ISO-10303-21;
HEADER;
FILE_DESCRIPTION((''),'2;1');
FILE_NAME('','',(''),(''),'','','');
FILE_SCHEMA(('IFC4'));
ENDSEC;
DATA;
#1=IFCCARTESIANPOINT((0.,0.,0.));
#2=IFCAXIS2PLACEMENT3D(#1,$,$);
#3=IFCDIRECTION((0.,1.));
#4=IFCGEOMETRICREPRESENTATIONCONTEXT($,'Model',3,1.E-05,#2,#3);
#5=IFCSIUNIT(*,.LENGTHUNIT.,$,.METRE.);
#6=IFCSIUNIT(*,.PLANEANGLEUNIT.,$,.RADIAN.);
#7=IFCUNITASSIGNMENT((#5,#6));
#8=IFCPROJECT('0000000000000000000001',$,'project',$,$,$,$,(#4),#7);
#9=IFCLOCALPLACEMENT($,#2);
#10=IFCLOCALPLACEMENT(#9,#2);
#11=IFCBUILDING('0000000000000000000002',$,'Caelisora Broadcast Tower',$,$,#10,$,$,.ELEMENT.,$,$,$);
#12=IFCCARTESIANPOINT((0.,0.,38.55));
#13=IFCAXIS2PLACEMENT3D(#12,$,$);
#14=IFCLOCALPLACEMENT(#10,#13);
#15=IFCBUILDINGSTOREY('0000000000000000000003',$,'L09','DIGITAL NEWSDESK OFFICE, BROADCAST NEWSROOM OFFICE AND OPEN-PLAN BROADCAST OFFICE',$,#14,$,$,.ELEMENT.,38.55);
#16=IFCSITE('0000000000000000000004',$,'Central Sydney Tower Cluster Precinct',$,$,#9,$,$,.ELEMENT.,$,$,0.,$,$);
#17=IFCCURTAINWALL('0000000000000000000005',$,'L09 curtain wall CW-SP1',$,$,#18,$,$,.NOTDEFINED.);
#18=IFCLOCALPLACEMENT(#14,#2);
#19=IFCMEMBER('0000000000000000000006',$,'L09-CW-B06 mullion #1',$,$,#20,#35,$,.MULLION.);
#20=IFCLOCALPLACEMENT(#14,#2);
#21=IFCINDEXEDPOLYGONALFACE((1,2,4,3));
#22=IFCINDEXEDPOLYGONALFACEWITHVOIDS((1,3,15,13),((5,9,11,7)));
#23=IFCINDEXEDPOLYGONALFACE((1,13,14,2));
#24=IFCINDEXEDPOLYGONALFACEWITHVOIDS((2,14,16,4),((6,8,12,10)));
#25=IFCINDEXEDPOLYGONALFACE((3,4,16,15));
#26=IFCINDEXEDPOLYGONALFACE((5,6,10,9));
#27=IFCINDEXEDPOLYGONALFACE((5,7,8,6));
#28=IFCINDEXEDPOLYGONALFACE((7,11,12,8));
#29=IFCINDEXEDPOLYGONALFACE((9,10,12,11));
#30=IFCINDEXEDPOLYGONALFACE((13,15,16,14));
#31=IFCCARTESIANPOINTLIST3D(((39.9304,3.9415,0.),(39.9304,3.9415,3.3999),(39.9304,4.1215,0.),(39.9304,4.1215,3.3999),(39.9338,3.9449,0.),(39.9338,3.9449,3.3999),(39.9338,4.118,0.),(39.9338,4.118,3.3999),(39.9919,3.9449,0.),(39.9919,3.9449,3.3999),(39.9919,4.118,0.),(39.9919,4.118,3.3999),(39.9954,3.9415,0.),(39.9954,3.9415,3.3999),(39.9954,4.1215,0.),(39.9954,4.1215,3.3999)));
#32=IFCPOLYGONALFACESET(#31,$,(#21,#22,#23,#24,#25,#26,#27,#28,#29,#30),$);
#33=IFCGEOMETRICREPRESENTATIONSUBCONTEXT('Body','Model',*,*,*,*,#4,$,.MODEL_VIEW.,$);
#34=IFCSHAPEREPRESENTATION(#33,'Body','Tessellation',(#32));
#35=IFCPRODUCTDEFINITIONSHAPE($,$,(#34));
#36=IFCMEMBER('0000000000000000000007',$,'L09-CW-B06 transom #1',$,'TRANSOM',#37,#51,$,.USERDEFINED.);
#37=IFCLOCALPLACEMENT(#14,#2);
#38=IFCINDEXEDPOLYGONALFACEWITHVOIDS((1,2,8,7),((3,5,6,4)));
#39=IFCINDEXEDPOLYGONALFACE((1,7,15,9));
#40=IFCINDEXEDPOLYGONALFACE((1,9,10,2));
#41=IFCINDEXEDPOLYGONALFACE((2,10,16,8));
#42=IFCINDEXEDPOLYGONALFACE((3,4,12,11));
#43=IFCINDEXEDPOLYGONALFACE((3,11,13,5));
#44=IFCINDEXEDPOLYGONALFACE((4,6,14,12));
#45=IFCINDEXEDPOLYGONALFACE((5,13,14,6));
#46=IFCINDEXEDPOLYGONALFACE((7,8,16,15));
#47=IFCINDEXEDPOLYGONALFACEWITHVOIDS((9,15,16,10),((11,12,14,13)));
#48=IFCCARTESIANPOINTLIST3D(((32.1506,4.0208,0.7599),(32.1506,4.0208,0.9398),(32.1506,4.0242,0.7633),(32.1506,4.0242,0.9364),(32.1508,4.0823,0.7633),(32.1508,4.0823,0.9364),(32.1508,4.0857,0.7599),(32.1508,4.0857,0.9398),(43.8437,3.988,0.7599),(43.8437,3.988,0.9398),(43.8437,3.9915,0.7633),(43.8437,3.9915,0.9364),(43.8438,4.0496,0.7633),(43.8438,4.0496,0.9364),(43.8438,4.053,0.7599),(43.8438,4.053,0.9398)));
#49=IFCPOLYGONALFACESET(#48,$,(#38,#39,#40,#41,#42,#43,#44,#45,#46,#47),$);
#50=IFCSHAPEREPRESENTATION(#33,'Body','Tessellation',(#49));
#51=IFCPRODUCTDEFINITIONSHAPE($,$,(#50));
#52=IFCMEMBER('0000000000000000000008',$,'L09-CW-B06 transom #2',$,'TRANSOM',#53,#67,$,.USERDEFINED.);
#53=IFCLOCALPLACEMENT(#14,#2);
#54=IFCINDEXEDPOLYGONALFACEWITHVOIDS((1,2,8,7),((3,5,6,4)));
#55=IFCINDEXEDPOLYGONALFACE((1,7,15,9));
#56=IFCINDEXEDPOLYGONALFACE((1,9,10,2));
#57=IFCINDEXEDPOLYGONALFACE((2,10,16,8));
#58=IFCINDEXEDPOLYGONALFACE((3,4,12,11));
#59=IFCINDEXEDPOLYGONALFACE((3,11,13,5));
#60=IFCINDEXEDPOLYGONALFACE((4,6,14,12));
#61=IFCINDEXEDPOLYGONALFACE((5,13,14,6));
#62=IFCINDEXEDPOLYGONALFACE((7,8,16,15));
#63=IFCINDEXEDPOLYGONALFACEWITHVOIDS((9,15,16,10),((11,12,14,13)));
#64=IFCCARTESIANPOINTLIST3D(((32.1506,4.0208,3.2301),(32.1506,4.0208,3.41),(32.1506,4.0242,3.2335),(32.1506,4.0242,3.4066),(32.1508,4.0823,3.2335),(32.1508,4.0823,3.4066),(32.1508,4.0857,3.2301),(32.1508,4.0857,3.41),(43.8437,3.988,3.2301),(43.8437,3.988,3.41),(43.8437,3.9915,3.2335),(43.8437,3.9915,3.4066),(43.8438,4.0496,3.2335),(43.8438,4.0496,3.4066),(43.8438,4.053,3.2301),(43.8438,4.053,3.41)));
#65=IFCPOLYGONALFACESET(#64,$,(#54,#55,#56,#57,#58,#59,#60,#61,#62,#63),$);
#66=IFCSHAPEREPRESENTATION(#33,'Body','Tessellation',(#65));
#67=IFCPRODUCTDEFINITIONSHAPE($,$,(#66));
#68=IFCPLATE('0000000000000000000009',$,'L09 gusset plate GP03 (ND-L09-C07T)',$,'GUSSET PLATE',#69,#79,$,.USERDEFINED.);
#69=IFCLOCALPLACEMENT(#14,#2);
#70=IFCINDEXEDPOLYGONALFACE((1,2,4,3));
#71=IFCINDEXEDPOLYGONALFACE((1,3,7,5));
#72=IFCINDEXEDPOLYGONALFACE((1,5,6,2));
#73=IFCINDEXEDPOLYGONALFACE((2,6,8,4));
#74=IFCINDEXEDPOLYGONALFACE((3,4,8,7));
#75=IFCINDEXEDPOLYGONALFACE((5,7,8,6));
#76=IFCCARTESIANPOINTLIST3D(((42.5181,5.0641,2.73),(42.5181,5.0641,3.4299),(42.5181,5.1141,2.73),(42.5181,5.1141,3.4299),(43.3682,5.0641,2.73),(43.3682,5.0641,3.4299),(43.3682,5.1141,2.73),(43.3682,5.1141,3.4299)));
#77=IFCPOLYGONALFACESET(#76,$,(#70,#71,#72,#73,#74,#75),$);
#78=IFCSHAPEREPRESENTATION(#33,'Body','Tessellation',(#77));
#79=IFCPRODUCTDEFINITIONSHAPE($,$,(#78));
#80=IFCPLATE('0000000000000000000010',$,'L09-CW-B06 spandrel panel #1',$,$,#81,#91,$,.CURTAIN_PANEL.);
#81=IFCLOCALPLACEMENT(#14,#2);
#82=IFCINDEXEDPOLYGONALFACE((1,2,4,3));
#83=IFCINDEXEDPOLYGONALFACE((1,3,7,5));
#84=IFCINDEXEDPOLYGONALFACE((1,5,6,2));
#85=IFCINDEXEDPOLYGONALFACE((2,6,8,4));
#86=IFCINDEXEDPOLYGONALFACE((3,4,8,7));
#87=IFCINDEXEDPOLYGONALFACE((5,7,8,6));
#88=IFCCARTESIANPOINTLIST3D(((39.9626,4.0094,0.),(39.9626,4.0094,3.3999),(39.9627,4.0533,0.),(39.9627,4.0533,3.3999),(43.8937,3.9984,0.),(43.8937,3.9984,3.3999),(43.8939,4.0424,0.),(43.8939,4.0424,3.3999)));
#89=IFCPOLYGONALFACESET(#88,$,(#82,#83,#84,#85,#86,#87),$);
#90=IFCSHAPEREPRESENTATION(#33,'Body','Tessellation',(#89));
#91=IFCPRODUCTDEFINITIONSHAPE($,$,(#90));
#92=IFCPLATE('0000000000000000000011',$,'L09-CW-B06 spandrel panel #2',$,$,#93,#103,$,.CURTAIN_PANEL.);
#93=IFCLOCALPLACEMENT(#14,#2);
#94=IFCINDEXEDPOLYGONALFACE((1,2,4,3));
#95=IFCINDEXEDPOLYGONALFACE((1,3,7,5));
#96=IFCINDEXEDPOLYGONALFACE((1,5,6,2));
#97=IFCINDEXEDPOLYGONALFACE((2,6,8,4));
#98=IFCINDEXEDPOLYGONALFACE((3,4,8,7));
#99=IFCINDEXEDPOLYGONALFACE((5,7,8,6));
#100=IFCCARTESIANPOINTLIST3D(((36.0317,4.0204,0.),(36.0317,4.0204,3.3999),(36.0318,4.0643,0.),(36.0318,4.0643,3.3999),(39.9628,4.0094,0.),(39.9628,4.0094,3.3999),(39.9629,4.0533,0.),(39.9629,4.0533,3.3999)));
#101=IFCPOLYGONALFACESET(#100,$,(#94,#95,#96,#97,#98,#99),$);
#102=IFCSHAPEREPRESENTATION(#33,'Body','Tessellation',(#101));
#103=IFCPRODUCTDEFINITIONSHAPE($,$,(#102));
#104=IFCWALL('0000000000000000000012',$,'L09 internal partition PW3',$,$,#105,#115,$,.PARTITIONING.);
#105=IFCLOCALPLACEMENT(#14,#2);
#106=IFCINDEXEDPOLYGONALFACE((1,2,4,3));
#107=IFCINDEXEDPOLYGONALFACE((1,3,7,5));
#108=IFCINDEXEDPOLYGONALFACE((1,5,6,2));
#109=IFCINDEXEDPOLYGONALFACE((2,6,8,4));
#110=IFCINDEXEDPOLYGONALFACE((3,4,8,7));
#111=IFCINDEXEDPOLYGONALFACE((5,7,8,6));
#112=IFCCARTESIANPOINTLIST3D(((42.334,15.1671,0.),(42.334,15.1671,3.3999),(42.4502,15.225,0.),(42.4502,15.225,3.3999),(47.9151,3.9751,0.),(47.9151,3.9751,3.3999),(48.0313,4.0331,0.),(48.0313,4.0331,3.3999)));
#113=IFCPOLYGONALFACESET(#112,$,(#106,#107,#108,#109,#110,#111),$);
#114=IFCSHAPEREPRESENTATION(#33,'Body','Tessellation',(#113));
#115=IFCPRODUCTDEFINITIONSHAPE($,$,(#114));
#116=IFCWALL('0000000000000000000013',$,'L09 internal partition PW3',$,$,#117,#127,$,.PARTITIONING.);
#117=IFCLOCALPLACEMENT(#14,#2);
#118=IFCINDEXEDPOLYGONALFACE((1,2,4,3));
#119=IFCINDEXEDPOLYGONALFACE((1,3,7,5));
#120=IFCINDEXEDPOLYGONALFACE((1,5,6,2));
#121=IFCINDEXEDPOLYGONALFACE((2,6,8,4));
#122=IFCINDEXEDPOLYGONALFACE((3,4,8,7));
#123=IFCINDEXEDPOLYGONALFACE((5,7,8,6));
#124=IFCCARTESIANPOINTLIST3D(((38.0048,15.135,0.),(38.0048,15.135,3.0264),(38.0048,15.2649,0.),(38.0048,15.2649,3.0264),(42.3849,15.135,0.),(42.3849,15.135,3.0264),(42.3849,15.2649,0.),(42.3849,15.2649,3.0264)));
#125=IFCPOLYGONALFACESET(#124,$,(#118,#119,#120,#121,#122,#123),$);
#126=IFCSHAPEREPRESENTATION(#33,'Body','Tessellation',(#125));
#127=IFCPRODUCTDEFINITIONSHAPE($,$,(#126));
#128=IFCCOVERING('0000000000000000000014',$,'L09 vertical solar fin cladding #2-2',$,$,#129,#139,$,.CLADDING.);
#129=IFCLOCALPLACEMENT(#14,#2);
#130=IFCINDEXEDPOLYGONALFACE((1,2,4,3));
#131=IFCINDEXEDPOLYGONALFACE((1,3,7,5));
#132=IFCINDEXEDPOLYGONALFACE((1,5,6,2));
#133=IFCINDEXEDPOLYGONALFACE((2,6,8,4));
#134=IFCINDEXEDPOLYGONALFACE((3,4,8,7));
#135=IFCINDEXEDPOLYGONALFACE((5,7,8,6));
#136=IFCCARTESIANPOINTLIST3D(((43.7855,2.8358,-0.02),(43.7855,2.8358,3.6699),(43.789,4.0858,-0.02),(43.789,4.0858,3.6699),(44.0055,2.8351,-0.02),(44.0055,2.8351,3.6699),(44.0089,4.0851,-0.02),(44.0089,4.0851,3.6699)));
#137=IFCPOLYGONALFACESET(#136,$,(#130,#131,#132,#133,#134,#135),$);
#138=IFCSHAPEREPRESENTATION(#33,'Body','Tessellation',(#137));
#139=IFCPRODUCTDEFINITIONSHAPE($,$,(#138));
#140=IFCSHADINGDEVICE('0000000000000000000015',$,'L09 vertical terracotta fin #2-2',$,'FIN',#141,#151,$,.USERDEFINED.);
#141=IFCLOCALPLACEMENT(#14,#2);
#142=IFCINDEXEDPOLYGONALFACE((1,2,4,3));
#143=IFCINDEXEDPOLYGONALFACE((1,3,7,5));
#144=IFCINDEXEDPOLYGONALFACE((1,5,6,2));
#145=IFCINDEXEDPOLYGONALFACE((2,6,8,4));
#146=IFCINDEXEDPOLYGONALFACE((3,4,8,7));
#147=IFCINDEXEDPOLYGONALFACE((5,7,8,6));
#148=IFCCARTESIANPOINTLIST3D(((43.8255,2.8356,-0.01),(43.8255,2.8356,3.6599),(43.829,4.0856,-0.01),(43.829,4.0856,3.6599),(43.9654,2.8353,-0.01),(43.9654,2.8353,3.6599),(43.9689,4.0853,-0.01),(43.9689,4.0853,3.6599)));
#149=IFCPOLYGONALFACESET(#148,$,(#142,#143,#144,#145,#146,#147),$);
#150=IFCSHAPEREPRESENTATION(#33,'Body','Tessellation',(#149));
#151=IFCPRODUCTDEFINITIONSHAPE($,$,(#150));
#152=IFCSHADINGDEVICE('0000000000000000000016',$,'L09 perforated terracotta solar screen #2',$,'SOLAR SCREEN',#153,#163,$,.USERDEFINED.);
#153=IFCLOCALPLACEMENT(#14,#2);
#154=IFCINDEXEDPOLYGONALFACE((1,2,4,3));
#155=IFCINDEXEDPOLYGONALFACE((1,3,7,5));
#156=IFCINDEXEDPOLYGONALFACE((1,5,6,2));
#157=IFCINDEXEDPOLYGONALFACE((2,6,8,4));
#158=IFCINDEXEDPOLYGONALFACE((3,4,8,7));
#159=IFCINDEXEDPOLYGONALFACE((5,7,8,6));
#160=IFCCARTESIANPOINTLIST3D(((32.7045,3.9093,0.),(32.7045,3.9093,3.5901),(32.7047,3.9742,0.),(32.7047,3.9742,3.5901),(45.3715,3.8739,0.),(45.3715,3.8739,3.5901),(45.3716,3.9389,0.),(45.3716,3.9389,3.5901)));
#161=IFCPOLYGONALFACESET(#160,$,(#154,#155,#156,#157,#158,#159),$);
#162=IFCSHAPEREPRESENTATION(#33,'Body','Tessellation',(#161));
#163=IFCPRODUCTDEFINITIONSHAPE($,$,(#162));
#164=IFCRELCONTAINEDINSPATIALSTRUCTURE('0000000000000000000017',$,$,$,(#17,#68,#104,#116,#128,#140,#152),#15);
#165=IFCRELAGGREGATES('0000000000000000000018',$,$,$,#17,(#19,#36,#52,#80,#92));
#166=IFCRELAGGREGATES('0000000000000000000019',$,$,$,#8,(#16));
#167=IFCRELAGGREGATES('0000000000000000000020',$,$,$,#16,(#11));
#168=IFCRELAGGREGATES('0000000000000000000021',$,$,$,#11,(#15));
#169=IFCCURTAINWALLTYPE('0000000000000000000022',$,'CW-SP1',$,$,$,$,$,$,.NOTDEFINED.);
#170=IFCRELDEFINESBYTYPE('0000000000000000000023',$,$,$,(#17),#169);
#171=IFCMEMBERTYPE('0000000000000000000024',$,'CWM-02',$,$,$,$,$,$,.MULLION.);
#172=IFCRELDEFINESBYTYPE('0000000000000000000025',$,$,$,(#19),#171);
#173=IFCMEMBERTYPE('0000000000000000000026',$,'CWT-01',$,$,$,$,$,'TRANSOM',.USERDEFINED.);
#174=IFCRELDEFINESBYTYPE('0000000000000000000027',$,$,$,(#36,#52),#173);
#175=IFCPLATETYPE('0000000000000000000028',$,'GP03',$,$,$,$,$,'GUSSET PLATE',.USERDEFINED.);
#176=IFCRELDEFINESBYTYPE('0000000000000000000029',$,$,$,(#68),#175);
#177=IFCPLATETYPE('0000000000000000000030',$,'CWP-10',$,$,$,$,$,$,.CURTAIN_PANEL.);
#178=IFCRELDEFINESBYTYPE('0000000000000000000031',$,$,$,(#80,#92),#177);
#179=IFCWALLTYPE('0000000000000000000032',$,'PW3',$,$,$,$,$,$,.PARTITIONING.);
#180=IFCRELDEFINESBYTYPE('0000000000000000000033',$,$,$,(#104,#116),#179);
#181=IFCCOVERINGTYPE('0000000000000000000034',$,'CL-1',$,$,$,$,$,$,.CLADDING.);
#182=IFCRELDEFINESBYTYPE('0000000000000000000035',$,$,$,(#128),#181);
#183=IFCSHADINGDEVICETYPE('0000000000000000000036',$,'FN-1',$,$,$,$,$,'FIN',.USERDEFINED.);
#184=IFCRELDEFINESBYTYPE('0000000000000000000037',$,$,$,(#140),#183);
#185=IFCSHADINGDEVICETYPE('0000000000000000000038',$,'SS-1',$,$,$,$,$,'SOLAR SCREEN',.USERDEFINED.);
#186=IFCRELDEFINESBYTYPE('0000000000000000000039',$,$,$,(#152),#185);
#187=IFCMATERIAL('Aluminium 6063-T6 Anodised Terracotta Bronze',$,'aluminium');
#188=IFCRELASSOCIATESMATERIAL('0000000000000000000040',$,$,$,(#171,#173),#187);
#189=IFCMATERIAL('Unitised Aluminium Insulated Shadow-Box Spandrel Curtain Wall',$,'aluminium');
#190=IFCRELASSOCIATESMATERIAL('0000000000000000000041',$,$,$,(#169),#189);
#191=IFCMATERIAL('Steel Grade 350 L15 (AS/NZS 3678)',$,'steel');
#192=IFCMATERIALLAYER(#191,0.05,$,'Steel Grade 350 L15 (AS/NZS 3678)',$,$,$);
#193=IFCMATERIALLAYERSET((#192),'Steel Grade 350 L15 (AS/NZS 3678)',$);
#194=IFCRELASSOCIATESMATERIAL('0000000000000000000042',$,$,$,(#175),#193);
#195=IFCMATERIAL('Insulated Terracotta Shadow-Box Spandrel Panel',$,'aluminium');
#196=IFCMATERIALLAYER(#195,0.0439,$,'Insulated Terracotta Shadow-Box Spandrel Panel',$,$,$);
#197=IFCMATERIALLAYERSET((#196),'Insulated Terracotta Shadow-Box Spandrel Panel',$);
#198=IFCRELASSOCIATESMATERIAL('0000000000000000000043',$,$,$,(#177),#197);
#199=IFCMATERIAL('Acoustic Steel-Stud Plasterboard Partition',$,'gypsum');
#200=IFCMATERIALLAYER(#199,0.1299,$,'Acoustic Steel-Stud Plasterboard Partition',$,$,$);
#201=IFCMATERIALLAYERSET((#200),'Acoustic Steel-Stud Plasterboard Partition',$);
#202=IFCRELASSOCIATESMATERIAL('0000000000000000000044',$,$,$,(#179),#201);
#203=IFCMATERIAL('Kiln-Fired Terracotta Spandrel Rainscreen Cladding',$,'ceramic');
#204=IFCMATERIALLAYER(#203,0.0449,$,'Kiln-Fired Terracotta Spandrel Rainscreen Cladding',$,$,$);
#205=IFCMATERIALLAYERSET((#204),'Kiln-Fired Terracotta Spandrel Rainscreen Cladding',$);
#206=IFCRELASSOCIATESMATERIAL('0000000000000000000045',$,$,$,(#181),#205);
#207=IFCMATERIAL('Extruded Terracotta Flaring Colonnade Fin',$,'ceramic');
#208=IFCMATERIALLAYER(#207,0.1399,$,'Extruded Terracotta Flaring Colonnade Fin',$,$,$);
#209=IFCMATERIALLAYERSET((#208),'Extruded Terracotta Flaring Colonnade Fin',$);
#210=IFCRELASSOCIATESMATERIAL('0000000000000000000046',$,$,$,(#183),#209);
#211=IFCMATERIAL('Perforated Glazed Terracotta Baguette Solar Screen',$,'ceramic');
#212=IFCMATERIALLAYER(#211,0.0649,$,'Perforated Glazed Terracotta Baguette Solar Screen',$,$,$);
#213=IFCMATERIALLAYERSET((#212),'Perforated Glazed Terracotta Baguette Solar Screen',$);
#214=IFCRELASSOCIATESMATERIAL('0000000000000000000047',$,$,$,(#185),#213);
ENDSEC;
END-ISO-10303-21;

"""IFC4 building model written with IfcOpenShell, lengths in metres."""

from ifc_helpers import new_model, si_unit, direction, frame, frame_2d, origin, origin_2d, place, context, subcontext, project, spatial, rectangle, hollow_rectangle, extrude, source, transform, mapped, material, layer, layer_set, material_profile, profile_set, type_object, type_shapes, element, aggregate, save


model = new_model("IFC4")

# Units and contexts
model_context = context("Model", 3, precision=1e-05, world=origin(), true_north=direction((0.0, 1.0)))
body_context = subcontext(model_context, "Body", "Model", "MODEL_VIEW")
ifc_project = project(units=[si_unit("LENGTHUNIT", "METRE"), si_unit("PLANEANGLEUNIT", "RADIAN")], contexts=[model_context])

# Site, building, storey
site_placement = place(None, origin())
site = spatial("IfcSite", under=ifc_project, at=site_placement, Name="Central Sydney Tower Cluster Precinct", CompositionType="ELEMENT", RefElevation=0.0)
building_placement = place(site_placement, origin())
building = spatial("IfcBuilding", under=site, at=building_placement, Name="Caelisora Broadcast Tower", CompositionType="ELEMENT")
storey_placement = place(building_placement, frame((0.0, 0.0, 38.55)))
storey = spatial("IfcBuildingStorey", under=building, at=storey_placement, Name="L09", Description="DIGITAL NEWSDESK OFFICE, BROADCAST NEWSROOM OFFICE AND OPEN-PLAN BROADCAST OFFICE", CompositionType="ELEMENT", Elevation=38.55)

# Shared definitions
ifc_material_1 = material(Name="Steel Grade 350 L15 (AS/NZS 3678)", Category="steel")

# Shared definitions
ifc_material_2 = material(Name="Aluminium 6063-T6 Anodised Terracotta Bronze", Category="aluminium")
ifc_material_profile_1 = material_profile(ifc_material_2, hollow_rectangle(XDim=0.0649, YDim=0.1799, WallThickness=0.0034, at=origin_2d()), Name="Aluminium 6063-T6 Anodised Terracotta Bronze")
ifc_profile_set_1 = profile_set([ifc_material_profile_1], Name="Aluminium 6063-T6 Anodised Terracotta Bronze")
member_type_1 = type_object("IfcMemberType", Name="CWM-02", PredefinedType="MULLION", material=ifc_profile_set_1)
shared_shape_1 = source(origin(), body_context, "Body", "SweptSolid", [
    extrude(hollow_rectangle(XDim=0.0649, YDim=0.1799, WallThickness=0.0034, at=origin_2d()), origin(), (0.0, 0.0, 1.0), 3.3999),
])
type_shapes(member_type_1, [shared_shape_1])

# Curtain wall, members
ifc_material_3 = material(Name="Unitised Aluminium Insulated Shadow-Box Spandrel Curtain Wall", Category="aluminium")
curtain_wall_type_1 = type_object("IfcCurtainWallType", Name="CW-SP1", PredefinedType="NOTDEFINED", material=ifc_material_3)
curtain_wall_1_placement = place(storey_placement, origin())
curtain_wall_1 = element("IfcCurtainWall", 1, at=curtain_wall_1_placement, inside=storey, type_object=curtain_wall_type_1, Name="L09 curtain wall CW-SP1", PredefinedType="NOTDEFINED")
member_1_placement = place(storey_placement, frame((39.9629, 4.0315, 0.0), z_axis=(0.0, 0.0, 1.0), x_axis=(1.0, 0.0, 0.0)))
member_1 = element("IfcMember", 2, at=member_1_placement, type_object=member_type_1, Name="L09-CW-B06 mullion #1", PredefinedType="MULLION", context=body_context, shape_type="MappedRepresentation", body=[
    mapped(shared_shape_1, transform((0.0, 0.0, 0.0), scale=1.0)),
])
ifc_material_profile_2 = material_profile(ifc_material_2, hollow_rectangle(XDim=0.0649, YDim=0.1799, WallThickness=0.0034, at=origin_2d()), Name="Aluminium 6063-T6 Anodised Terracotta Bronze")
ifc_profile_set_2 = profile_set([ifc_material_profile_2], Name="Aluminium 6063-T6 Anodised Terracotta Bronze")
member_type_2 = type_object("IfcMemberType", Name="CWT-01", ElementType="TRANSOM", PredefinedType="USERDEFINED", material=ifc_profile_set_2)
shared_shape_2 = source(origin(), body_context, "Body", "SweptSolid", [
    extrude(hollow_rectangle(XDim=0.0649, YDim=0.1799, WallThickness=0.0034, at=origin_2d()), origin(), (0.0, 0.0, 1.0), 11.6931),
])
type_shapes(member_type_2, [shared_shape_2])
member_2_placement = place(storey_placement, frame((43.8438, 4.0205, 0.8499), z_axis=(-0.999996, 0.002798, 0.0), x_axis=(-0.002798, -0.999996, 0.0)))
member_2 = element("IfcMember", 3, at=member_2_placement, type_object=member_type_2, Name="L09-CW-B06 transom #1", ObjectType="TRANSOM", PredefinedType="USERDEFINED", context=body_context, shape_type="MappedRepresentation", body=[
    mapped(shared_shape_2, transform((0.0, 0.0, 0.0), scale=1.0)),
])
member_3_placement = place(storey_placement, frame((43.8438, 4.0205, 3.3201), z_axis=(-0.999996, 0.002798, 0.0), x_axis=(-0.002798, -0.999996, 0.0)))
member_3 = element("IfcMember", 4, at=member_3_placement, type_object=member_type_2, Name="L09-CW-B06 transom #2", ObjectType="TRANSOM", PredefinedType="USERDEFINED", context=body_context, shape_type="MappedRepresentation", body=[
    mapped(shared_shape_2, transform((0.0, 0.0, 0.0), scale=1.0)),
])

# Plates
ifc_layer_1 = layer(ifc_material_1, 0.05, Name="Steel Grade 350 L15 (AS/NZS 3678)")
ifc_layer_set_1 = layer_set([ifc_layer_1], Name="Steel Grade 350 L15 (AS/NZS 3678)")
plate_type_1 = type_object("IfcPlateType", Name="GP03", ElementType="GUSSET PLATE", PredefinedType="USERDEFINED", material=ifc_layer_set_1)
shared_shape_3 = source(origin(), body_context, "Body", "SweptSolid", [
    extrude(rectangle(XDim=0.8501, YDim=0.05, at=origin_2d()), origin(), (0.0, 0.0, 1.0), 0.7),
])
type_shapes(plate_type_1, [shared_shape_3])
plate_1_placement = place(storey_placement, frame((42.9431, 5.0891, 2.73), z_axis=(0.0, 0.0, 1.0), x_axis=(1.0, 0.0, 0.0)))
element("IfcPlate", 5, at=plate_1_placement, inside=storey, type_object=plate_type_1, Name="L09 gusset plate GP03 (ND-L09-C07T)", ObjectType="GUSSET PLATE", PredefinedType="USERDEFINED", context=body_context, shape_type="MappedRepresentation", body=[
    mapped(shared_shape_3, transform((0.0, 0.0, 0.0), scale=1.0)),
])
ifc_material_4 = material(Name="Insulated Terracotta Shadow-Box Spandrel Panel", Category="aluminium")
ifc_layer_2 = layer(ifc_material_4, 0.0439, Name="Insulated Terracotta Shadow-Box Spandrel Panel")
ifc_layer_set_2 = layer_set([ifc_layer_2], Name="Insulated Terracotta Shadow-Box Spandrel Panel")
plate_type_2 = type_object("IfcPlateType", Name="CWP-10", PredefinedType="CURTAIN_PANEL", material=ifc_layer_set_2)
shared_shape_4 = source(origin(), body_context, "Body", "SweptSolid", [
    extrude(rectangle(XDim=3.9312, YDim=0.0439, at=origin_2d()), origin(), (0.0, 0.0, 1.0), 3.3999),
])
type_shapes(plate_type_2, [shared_shape_4])
plate_2_placement = place(storey_placement, frame((41.9282, 4.0259, 0.0), z_axis=(0.0, 0.0, 1.0), x_axis=(-0.999996, 0.002793, 0.0)))
plate_2 = element("IfcPlate", 6, at=plate_2_placement, type_object=plate_type_2, Name="L09-CW-B06 spandrel panel #1", PredefinedType="CURTAIN_PANEL", context=body_context, shape_type="MappedRepresentation", body=[
    mapped(shared_shape_4, transform((0.0, 0.0, 0.0), scale=1.0)),
])
plate_3_placement = place(storey_placement, frame((37.9973, 4.0369, 0.0), z_axis=(0.0, 0.0, 1.0), x_axis=(-0.999996, 0.002793, 0.0)))
plate_3 = element("IfcPlate", 7, at=plate_3_placement, type_object=plate_type_2, Name="L09-CW-B06 spandrel panel #2", PredefinedType="CURTAIN_PANEL", context=body_context, shape_type="MappedRepresentation", body=[
    mapped(shared_shape_4, transform((0.0, 0.0, 0.0), scale=1.0)),
])
aggregate(curtain_wall_1, [member_1, member_2, member_3, plate_2, plate_3])

# Walls
ifc_material_5 = material(Name="Acoustic Steel-Stud Plasterboard Partition", Category="gypsum")
ifc_layer_3 = layer(ifc_material_5, 0.1299, Name="Acoustic Steel-Stud Plasterboard Partition")
ifc_layer_set_3 = layer_set([ifc_layer_3], Name="Acoustic Steel-Stud Plasterboard Partition")
wall_type = type_object("IfcWallType", Name="PW3", PredefinedType="PARTITIONING", material=ifc_layer_set_3)
wall_1_placement = place(storey_placement, frame((42.3921, 15.196, 0.0), z_axis=(0.0, 0.0, 1.0), x_axis=(0.446261, -0.894903, 0.0)))
element("IfcWall", 8, at=wall_1_placement, inside=storey, type_object=wall_type, Name="L09 internal partition PW3", PredefinedType="PARTITIONING", context=body_context, shape_type="SweptSolid", body=[
    extrude(rectangle(XDim=12.5063, YDim=0.1299, at=frame_2d((6.2532, 0.0))), origin(), (0.0, 0.0, 1.0), 3.3999),
])
wall_2_placement = place(storey_placement, frame((38.0049, 15.2, 0.0), z_axis=(0.0, 0.0, 1.0), x_axis=(1.0, 0.0, 0.0)))
element("IfcWall", 9, at=wall_2_placement, inside=storey, type_object=wall_type, Name="L09 internal partition PW3", PredefinedType="PARTITIONING", context=body_context, shape_type="SweptSolid", body=[
    extrude(rectangle(XDim=4.3801, YDim=0.1299, at=frame_2d((2.1899, 0.0))), origin(), (0.0, 0.0, 1.0), 3.0264),
])

# Covering
ifc_material_6 = material(Name="Kiln-Fired Terracotta Spandrel Rainscreen Cladding", Category="ceramic")
ifc_layer_4 = layer(ifc_material_6, 0.0449, Name="Kiln-Fired Terracotta Spandrel Rainscreen Cladding")
ifc_layer_set_4 = layer_set([ifc_layer_4], Name="Kiln-Fired Terracotta Spandrel Rainscreen Cladding")
covering_type = type_object("IfcCoveringType", Name="CL-1", PredefinedType="CLADDING", material=ifc_layer_set_4)
shared_shape_5 = source(origin(), body_context, "Body", "SweptSolid", [
    extrude(rectangle(XDim=0.22, YDim=1.25, at=origin_2d()), origin(), (0.0, 0.0, 1.0), 3.6899),
])
type_shapes(covering_type, [shared_shape_5])
covering_placement = place(storey_placement, frame((43.8972, 3.4604, -0.02), z_axis=(0.0, 0.0, 1.0), x_axis=(-0.999996, 0.002793, 0.0)))
element("IfcCovering", 10, at=covering_placement, inside=storey, type_object=covering_type, Name="L09 vertical solar fin cladding #2-2", PredefinedType="CLADDING", context=body_context, shape_type="MappedRepresentation", body=[
    mapped(shared_shape_5, transform((0.0, 0.0, 0.0), scale=1.0)),
])

# Shading devices
ifc_material_7 = material(Name="Extruded Terracotta Flaring Colonnade Fin", Category="ceramic")
ifc_layer_5 = layer(ifc_material_7, 0.1399, Name="Extruded Terracotta Flaring Colonnade Fin")
ifc_layer_set_5 = layer_set([ifc_layer_5], Name="Extruded Terracotta Flaring Colonnade Fin")
shading_device_type_1 = type_object("IfcShadingDeviceType", Name="FN-1", ElementType="FIN", PredefinedType="USERDEFINED", material=ifc_layer_set_5)
shared_shape_6 = source(origin(), body_context, "Body", "SweptSolid", [
    extrude(rectangle(XDim=0.1399, YDim=1.25, at=origin_2d()), origin(), (0.0, 0.0, 1.0), 3.6699),
])
type_shapes(shading_device_type_1, [shared_shape_6])
shading_device_1_placement = place(storey_placement, frame((43.8972, 3.4604, -0.01), z_axis=(0.0, 0.0, 1.0), x_axis=(-0.999996, 0.002793, 0.0)))
element("IfcShadingDevice", 11, at=shading_device_1_placement, inside=storey, type_object=shading_device_type_1, Name="L09 vertical terracotta fin #2-2", ObjectType="FIN", PredefinedType="USERDEFINED", context=body_context, shape_type="MappedRepresentation", body=[
    mapped(shared_shape_6, transform((0.0, 0.0, 0.0), scale=1.0)),
])
ifc_material_8 = material(Name="Perforated Glazed Terracotta Baguette Solar Screen", Category="ceramic")
ifc_layer_6 = layer(ifc_material_8, 0.0649, Name="Perforated Glazed Terracotta Baguette Solar Screen")
ifc_layer_set_6 = layer_set([ifc_layer_6], Name="Perforated Glazed Terracotta Baguette Solar Screen")
shading_device_type_2 = type_object("IfcShadingDeviceType", Name="SS-1", ElementType="SOLAR SCREEN", PredefinedType="USERDEFINED", material=ifc_layer_set_6)
shared_shape_7 = source(origin(), body_context, "Body", "SweptSolid", [
    extrude(rectangle(XDim=12.667, YDim=0.0649, at=origin_2d()), origin(), (0.0, 0.0, 1.0), 3.5901),
])
type_shapes(shading_device_type_2, [shared_shape_7])
shading_device_2_placement = place(storey_placement, frame((39.0381, 3.9241, 0.0), z_axis=(0.0, 0.0, 1.0), x_axis=(0.999996, -0.002793, 0.0)))
element("IfcShadingDevice", 12, at=shading_device_2_placement, inside=storey, type_object=shading_device_type_2, Name="L09 perforated terracotta solar screen #2", ObjectType="SOLAR SCREEN", PredefinedType="USERDEFINED", context=body_context, shape_type="MappedRepresentation", body=[
    mapped(shared_shape_7, transform((0.0, 0.0, 0.0), scale=1.0)),
])

save(model, "model.ifc")
